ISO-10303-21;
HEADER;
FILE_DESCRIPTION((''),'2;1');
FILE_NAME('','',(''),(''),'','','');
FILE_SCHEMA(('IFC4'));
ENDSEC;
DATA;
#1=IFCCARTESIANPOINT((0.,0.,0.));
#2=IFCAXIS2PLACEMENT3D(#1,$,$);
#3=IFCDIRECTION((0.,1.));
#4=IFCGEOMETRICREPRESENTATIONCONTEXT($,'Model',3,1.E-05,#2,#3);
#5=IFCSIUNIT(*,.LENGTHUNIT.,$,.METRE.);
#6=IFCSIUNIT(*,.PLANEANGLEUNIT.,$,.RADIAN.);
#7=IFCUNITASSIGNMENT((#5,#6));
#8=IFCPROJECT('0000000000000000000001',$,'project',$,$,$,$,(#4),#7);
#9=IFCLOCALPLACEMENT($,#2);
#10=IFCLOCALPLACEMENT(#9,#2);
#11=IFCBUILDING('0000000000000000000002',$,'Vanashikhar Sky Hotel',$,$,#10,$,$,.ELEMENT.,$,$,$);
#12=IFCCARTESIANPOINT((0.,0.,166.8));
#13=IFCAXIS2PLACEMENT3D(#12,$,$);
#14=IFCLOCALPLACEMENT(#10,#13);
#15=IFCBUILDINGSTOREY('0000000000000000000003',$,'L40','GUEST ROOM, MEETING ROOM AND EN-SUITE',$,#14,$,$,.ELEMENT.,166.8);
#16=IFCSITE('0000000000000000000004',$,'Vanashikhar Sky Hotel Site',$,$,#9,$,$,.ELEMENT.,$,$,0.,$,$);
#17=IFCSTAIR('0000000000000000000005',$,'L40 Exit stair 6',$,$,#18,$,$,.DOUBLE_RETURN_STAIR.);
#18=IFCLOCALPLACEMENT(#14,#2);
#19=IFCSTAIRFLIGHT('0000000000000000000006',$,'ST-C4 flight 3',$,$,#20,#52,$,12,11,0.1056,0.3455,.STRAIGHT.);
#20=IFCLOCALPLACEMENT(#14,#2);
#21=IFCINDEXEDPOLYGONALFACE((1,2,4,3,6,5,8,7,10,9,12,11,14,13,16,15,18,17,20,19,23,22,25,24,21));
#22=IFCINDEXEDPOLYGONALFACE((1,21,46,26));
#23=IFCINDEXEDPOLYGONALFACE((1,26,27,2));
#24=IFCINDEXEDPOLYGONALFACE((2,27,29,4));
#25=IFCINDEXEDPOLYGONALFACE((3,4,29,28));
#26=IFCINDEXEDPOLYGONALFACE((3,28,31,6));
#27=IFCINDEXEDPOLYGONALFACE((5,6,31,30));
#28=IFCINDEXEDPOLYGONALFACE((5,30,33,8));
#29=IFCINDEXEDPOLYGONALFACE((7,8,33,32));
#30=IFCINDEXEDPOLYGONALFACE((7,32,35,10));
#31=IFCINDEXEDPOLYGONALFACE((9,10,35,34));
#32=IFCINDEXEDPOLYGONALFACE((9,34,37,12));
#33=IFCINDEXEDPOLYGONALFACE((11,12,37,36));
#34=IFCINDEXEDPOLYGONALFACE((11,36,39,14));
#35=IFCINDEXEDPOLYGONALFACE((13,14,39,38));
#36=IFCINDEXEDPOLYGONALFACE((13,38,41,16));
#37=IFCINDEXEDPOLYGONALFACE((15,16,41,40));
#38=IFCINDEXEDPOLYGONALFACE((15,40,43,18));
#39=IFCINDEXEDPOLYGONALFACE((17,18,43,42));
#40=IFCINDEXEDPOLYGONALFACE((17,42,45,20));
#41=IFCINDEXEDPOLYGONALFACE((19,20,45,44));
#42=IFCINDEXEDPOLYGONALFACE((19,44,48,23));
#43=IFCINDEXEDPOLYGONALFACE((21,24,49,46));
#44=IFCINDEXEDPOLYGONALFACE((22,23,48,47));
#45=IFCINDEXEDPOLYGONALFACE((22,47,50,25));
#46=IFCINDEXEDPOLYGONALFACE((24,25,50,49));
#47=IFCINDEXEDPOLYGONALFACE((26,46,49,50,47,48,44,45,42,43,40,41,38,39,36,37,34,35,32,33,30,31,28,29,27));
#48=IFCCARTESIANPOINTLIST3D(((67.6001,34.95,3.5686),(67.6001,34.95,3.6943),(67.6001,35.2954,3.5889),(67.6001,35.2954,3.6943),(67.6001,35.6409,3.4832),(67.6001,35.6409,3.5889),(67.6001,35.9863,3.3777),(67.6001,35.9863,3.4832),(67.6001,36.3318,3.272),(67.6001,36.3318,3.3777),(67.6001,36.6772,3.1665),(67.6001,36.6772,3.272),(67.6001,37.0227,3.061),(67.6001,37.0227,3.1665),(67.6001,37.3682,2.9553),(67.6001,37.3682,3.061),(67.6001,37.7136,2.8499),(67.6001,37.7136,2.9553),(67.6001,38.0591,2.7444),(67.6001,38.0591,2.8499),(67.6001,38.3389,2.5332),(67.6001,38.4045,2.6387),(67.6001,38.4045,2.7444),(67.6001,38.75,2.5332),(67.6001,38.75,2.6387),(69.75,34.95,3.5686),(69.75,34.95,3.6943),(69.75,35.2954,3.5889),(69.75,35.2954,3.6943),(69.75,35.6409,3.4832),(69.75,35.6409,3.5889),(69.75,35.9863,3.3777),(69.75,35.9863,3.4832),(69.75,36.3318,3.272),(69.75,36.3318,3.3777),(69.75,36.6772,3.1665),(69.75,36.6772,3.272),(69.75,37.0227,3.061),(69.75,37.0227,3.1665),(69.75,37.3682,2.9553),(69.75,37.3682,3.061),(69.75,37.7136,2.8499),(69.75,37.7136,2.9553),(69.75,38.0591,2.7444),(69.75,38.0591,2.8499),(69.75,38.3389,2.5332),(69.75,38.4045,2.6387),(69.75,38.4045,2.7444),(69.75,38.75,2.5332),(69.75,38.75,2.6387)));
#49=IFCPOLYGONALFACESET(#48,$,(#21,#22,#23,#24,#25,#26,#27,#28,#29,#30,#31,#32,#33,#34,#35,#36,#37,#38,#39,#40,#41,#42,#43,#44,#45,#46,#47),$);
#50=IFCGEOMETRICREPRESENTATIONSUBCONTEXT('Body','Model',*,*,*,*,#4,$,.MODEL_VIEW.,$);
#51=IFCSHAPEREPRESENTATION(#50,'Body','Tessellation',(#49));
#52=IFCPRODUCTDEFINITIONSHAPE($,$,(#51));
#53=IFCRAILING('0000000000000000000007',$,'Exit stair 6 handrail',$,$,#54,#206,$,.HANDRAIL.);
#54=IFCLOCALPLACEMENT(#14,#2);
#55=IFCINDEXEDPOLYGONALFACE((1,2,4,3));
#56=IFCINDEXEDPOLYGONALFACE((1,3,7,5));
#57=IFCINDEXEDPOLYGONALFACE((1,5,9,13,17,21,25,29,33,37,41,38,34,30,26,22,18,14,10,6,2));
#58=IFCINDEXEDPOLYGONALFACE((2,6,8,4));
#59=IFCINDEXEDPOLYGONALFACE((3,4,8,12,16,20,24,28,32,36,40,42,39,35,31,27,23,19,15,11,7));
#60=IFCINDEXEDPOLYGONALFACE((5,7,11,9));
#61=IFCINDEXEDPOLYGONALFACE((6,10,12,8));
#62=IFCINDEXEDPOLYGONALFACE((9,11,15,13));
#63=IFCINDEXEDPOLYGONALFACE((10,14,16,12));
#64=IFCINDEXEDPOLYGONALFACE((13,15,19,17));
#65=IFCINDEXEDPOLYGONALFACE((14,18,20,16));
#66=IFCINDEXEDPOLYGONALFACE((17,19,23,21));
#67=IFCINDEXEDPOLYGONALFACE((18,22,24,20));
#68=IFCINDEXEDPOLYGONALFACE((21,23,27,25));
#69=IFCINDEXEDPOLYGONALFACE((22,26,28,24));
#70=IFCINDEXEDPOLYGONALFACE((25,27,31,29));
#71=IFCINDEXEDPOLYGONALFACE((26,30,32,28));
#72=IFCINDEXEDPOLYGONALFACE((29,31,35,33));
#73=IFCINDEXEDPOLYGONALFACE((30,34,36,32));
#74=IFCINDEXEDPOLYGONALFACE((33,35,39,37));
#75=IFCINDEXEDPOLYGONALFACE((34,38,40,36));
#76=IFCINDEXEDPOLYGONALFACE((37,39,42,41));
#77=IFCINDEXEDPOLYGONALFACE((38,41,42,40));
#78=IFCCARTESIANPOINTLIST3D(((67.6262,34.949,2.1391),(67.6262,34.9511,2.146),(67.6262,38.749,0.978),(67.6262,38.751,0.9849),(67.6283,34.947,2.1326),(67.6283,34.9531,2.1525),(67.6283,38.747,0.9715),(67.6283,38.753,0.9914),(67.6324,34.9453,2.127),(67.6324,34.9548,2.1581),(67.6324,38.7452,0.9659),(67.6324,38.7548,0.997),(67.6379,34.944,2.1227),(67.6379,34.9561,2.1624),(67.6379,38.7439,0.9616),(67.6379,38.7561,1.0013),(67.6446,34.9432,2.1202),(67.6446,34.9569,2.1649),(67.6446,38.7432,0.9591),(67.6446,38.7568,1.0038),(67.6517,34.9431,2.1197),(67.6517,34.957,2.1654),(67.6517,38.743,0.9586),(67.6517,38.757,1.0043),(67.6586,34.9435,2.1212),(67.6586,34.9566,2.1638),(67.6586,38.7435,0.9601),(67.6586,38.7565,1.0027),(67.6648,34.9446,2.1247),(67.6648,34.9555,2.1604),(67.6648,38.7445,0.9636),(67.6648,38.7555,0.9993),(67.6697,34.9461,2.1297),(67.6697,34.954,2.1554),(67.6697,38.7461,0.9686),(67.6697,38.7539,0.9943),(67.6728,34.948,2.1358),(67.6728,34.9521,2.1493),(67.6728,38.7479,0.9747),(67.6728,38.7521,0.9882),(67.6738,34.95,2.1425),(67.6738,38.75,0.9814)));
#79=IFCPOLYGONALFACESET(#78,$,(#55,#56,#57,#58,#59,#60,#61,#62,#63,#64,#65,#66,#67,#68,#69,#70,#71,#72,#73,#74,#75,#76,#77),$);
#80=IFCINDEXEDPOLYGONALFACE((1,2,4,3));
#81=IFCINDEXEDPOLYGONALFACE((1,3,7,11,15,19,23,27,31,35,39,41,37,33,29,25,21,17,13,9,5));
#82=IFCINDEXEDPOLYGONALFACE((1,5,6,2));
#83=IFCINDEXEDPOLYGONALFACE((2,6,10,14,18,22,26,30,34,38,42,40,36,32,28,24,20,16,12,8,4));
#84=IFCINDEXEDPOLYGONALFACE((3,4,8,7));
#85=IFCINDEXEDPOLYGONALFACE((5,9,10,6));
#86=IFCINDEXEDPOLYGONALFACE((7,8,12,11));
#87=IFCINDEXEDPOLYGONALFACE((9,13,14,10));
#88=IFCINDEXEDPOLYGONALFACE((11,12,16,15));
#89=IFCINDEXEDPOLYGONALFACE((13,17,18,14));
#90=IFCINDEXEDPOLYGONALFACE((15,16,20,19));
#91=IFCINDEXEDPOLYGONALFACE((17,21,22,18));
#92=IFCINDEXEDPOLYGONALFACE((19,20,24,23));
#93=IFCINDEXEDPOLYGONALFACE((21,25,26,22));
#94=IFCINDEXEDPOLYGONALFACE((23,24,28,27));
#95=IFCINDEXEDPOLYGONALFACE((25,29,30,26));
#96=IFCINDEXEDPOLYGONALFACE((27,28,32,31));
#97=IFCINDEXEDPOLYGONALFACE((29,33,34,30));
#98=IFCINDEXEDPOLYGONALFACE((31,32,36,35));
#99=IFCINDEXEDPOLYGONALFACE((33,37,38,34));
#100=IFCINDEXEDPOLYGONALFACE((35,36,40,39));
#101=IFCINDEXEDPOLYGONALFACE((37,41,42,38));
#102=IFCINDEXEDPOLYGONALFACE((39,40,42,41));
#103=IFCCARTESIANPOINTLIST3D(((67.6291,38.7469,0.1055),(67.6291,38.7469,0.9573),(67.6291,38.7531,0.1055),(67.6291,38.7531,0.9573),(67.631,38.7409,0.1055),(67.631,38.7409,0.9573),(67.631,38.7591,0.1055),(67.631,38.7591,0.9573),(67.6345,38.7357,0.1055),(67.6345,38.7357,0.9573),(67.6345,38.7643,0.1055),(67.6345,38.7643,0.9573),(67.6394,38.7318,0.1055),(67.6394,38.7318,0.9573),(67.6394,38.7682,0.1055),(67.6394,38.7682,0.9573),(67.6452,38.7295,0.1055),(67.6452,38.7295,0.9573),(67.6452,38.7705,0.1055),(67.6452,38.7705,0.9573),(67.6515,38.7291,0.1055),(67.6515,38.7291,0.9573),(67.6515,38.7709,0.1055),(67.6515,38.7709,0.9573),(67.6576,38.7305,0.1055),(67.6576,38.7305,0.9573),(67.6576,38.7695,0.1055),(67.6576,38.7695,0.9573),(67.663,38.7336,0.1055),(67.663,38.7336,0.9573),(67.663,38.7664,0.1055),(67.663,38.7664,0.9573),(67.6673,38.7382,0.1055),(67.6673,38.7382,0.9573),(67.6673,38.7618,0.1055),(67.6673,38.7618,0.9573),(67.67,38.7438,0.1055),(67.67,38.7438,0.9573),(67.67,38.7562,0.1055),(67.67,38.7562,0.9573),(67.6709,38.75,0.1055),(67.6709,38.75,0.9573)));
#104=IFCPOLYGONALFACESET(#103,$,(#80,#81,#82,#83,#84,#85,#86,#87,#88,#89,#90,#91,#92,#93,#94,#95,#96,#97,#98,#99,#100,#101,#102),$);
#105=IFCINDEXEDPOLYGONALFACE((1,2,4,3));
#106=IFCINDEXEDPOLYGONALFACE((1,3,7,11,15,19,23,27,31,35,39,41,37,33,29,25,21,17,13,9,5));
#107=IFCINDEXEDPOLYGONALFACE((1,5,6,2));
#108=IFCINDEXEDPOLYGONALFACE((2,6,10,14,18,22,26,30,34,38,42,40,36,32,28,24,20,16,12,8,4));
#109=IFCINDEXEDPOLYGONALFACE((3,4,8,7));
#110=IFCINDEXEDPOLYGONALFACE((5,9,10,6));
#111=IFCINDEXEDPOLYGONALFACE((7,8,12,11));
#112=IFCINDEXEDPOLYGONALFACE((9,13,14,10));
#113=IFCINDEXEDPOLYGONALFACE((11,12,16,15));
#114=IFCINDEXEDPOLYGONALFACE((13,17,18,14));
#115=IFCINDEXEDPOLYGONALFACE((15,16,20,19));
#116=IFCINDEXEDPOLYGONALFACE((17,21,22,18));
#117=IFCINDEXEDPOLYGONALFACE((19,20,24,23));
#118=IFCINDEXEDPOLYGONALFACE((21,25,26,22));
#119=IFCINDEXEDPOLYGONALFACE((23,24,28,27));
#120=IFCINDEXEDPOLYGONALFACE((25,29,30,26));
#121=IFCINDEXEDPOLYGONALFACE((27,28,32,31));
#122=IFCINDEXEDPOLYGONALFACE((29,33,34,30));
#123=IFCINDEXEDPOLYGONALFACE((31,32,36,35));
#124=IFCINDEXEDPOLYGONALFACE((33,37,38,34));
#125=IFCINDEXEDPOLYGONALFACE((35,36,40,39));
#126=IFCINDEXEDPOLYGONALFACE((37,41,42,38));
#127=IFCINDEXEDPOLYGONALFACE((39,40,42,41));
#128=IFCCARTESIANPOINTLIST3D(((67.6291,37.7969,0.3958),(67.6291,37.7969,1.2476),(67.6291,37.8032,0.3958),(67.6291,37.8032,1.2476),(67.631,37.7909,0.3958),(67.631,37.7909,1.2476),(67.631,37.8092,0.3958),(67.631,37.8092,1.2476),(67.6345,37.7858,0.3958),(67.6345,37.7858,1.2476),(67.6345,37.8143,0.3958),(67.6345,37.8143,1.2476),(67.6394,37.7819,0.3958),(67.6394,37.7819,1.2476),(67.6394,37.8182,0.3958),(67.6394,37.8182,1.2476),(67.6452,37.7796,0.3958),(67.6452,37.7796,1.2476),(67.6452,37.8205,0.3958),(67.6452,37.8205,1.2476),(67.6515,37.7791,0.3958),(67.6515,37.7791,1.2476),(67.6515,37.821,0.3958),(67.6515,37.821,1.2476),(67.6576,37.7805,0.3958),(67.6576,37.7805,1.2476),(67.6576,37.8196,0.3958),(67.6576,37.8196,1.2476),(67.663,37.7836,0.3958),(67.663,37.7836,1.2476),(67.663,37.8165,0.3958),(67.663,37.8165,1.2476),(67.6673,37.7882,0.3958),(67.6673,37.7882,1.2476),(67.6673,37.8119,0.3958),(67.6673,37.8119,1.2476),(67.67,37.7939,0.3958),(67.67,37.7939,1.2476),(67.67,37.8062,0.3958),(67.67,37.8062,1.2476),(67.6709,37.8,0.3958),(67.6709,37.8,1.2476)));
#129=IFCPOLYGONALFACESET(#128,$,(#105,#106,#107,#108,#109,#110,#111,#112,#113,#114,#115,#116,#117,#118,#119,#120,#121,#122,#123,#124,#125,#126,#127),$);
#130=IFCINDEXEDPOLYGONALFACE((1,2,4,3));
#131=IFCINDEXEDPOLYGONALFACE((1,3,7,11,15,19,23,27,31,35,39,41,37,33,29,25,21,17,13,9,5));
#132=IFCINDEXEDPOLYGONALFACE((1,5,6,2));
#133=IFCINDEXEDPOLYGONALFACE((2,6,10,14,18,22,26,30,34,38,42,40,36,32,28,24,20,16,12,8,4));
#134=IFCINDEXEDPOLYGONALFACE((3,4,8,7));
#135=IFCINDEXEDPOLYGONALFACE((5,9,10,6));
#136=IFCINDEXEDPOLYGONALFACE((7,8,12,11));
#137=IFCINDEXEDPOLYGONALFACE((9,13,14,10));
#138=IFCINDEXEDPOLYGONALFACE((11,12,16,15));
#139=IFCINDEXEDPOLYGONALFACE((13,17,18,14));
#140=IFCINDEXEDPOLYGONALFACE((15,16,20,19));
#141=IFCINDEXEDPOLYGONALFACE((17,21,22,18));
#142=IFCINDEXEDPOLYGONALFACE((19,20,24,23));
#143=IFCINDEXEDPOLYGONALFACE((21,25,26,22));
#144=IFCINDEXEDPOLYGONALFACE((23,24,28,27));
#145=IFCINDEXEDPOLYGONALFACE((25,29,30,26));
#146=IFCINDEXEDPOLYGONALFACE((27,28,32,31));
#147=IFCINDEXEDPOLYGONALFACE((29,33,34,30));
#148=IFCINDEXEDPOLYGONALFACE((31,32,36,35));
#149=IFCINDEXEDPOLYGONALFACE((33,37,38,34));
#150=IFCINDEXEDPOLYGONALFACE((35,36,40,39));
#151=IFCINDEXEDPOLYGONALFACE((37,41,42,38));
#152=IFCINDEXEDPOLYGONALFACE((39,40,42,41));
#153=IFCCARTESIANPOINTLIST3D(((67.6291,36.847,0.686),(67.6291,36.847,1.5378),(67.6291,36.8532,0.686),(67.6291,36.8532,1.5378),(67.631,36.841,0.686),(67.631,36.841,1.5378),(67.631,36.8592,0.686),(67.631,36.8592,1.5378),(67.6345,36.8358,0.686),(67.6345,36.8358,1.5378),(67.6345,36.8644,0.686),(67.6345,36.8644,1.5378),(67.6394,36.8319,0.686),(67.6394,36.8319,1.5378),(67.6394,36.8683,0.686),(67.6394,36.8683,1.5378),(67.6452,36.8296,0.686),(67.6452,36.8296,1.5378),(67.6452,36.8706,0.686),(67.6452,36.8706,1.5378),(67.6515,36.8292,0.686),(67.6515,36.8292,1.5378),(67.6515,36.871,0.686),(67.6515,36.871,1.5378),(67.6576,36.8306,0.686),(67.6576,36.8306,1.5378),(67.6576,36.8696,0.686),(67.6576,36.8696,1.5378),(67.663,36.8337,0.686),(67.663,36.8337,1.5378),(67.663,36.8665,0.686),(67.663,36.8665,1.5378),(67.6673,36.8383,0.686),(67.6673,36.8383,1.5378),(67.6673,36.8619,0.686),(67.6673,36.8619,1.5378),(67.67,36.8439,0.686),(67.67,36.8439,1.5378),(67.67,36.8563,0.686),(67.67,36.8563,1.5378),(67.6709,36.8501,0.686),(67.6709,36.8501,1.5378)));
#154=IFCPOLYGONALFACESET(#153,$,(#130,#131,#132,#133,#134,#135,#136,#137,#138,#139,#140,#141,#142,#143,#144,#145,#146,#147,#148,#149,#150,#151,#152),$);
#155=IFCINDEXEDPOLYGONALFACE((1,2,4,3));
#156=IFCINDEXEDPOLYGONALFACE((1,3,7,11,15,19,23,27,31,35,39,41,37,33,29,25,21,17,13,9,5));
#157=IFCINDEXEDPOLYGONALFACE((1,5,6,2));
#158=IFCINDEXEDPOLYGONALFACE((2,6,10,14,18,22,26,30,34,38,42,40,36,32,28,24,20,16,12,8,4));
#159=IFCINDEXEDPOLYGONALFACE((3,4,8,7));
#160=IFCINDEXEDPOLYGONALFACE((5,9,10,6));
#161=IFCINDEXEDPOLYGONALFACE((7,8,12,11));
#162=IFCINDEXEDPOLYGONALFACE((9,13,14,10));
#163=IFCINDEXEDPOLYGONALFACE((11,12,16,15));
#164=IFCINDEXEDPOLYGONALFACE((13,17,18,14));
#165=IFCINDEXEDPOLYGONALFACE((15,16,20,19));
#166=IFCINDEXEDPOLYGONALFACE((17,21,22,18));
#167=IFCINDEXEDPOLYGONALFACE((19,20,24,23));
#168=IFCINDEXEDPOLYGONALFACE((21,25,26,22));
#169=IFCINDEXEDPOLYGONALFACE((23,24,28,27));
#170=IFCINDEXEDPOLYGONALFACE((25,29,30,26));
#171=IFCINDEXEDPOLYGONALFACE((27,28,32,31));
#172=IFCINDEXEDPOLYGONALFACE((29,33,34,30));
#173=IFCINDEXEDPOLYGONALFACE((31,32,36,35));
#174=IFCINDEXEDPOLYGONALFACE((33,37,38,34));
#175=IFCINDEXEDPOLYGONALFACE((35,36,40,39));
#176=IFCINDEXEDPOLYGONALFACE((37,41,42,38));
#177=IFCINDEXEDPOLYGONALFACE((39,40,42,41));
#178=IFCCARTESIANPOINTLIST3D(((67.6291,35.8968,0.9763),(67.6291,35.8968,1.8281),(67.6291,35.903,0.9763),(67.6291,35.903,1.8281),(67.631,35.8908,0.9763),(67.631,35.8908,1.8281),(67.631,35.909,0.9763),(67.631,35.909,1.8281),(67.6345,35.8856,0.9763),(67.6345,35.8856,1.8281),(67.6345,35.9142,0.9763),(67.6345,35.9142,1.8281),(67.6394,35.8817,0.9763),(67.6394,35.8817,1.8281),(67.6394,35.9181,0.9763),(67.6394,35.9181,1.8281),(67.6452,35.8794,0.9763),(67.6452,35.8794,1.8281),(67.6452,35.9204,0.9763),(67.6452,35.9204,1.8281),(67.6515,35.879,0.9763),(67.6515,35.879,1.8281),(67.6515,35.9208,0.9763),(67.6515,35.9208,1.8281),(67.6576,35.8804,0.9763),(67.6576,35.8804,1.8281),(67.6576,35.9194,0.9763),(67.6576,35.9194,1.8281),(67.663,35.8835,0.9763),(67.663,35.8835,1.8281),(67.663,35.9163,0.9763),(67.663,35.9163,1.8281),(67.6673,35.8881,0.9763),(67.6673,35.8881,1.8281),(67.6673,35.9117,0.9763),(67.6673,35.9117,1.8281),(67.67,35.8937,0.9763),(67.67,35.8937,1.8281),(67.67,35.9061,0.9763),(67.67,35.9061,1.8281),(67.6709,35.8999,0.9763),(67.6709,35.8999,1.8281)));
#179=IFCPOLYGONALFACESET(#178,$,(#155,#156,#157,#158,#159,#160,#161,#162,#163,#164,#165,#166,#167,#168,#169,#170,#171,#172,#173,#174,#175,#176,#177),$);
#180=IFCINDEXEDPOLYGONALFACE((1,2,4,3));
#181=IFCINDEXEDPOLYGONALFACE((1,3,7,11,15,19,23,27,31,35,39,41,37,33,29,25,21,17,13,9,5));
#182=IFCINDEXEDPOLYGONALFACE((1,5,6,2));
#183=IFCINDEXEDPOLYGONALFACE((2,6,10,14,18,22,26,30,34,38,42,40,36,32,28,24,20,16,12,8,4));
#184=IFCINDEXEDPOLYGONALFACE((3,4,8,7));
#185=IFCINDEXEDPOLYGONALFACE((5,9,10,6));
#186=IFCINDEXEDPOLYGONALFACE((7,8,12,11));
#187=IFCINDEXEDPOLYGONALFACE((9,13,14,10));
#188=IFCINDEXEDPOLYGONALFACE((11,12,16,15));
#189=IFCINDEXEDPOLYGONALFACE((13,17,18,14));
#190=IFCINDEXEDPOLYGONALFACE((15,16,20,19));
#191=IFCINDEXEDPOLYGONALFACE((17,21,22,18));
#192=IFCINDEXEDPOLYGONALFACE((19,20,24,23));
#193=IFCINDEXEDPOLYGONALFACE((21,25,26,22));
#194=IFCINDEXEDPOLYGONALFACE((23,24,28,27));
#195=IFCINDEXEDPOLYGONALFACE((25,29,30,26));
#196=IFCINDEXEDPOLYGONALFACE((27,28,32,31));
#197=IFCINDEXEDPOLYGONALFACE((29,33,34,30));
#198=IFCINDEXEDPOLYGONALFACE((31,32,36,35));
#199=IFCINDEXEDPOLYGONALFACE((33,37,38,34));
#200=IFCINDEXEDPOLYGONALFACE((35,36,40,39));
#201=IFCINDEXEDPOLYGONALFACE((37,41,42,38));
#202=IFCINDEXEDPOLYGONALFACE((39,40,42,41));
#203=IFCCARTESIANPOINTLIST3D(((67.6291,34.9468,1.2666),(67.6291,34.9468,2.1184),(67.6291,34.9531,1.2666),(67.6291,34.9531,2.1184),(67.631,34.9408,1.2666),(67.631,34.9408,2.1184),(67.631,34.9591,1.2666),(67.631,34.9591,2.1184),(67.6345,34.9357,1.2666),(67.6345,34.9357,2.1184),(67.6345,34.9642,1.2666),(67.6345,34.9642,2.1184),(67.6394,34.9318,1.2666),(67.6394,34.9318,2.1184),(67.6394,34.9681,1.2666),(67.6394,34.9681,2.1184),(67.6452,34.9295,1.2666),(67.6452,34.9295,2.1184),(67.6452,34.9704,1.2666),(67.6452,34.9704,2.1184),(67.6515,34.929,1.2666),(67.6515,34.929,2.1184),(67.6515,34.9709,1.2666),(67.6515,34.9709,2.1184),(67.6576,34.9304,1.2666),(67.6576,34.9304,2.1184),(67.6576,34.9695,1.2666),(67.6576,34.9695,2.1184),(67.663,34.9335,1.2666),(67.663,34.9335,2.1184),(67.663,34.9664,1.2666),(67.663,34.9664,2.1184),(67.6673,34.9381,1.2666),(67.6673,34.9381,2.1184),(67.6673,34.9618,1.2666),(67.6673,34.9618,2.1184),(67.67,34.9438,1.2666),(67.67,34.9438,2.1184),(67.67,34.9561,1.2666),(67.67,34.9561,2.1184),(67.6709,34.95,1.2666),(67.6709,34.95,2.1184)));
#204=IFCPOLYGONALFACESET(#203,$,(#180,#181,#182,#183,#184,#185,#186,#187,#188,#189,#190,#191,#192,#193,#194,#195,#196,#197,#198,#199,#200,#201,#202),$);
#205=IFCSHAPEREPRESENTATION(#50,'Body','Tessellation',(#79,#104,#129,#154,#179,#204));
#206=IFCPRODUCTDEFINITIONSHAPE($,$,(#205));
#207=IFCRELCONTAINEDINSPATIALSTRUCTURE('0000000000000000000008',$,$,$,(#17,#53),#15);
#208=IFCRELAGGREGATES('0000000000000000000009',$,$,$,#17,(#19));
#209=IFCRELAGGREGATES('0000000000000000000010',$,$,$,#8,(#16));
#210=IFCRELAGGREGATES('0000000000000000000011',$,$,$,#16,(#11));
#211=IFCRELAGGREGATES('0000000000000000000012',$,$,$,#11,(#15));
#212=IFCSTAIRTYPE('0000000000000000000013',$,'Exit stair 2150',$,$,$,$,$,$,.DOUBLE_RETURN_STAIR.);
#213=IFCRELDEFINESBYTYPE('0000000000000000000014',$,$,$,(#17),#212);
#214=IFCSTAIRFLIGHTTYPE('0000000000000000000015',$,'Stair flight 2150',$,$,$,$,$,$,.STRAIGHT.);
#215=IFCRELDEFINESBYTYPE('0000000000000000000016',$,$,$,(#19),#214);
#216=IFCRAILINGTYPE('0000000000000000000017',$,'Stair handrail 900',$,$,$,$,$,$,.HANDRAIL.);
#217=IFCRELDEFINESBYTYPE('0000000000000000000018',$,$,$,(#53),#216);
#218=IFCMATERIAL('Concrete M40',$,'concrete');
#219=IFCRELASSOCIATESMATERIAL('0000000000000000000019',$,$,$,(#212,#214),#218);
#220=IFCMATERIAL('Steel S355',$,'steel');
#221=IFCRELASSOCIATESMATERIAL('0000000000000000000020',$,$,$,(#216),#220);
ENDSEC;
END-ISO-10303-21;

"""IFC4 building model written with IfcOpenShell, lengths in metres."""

from ifc_helpers import new_model, si_unit, direction, frame, origin, origin_2d, place, context, subcontext, project, spatial, polyline, circle, outline, extrude, source, transform, mapped, material, type_object, element, aggregate, save


model = new_model("IFC4")

# Units and contexts
model_context = context("Model", 3, precision=1e-05, world=origin(), true_north=direction((0.0, 1.0)))
body_context = subcontext(model_context, "Body", "Model", "MODEL_VIEW")
ifc_project = project(units=[si_unit("LENGTHUNIT", "METRE"), si_unit("PLANEANGLEUNIT", "RADIAN")], contexts=[model_context])

# Site, building, storey
site_placement = place(None, origin())
site = spatial("IfcSite", under=ifc_project, at=site_placement, Name="Vanashikhar Sky Hotel Site", CompositionType="ELEMENT", RefElevation=0.0)
building_placement = place(site_placement, origin())
building = spatial("IfcBuilding", under=site, at=building_placement, Name="Vanashikhar Sky Hotel", CompositionType="ELEMENT")
storey_placement = place(building_placement, frame((0.0, 0.0, 166.8)))
storey = spatial("IfcBuildingStorey", under=building, at=storey_placement, Name="L40", Description="GUEST ROOM, MEETING ROOM AND EN-SUITE", CompositionType="ELEMENT", Elevation=166.8)

# Stair, stair flight
ifc_material_1 = material(Name="Concrete M40", Category="concrete")
stair_type = type_object("IfcStairType", Name="Exit stair 2150", PredefinedType="DOUBLE_RETURN_STAIR", material=ifc_material_1)
stair_placement = place(storey_placement, origin())
stair = element("IfcStair", 1, at=stair_placement, inside=storey, type_object=stair_type, Name="L40 Exit stair 6", PredefinedType="DOUBLE_RETURN_STAIR")
stair_flight_type = type_object("IfcStairFlightType", Name="Stair flight 2150", PredefinedType="STRAIGHT", material=ifc_material_1)
shared_shape_1 = source(origin(), body_context, "Body", "SweptSolid", [
    extrude(outline(polyline([(0.0, 0.0), (0.0, 0.1055), (0.3455, 0.1055), (0.3455, 0.2112), (0.6909, 0.2112), (0.6909, 0.3167), (1.0364, 0.3167), (1.0364, 0.4221), (1.3818, 0.4221), (1.3818, 0.5278), (1.7273, 0.5278), (1.7273, 0.6333), (2.0728, 0.6333), (2.0728, 0.7388), (2.4182, 0.7388), (2.4182, 0.8445), (2.7637, 0.8445), (2.7637, 0.95), (3.1091, 0.95), (3.1091, 1.0557), (3.4546, 1.0557), (3.4546, 1.1611), (3.8, 1.1611), (3.8, 1.2666), (3.8, 1.0354), (0.4111, 0.0), (0.0, 0.0)])), frame((0.0, 1.075, 0.0), z_axis=(0.0, -1.0, 0.0), x_axis=(1.0, 0.0, 0.0)), (0.0, 0.0, 1.0), 2.1499),
])
stair_flight_1_placement = place(storey_placement, frame((68.675, 38.75, 2.5332), z_axis=(0.0, 0.0, 1.0), x_axis=(0.0, -1.0, 0.0)))
stair_flight_1 = element("IfcStairFlight", 2, at=stair_flight_1_placement, type_object=stair_flight_type, Name="ST-C4 flight 3", NumberOfRisers=12, NumberOfTreads=11, PredefinedType="STRAIGHT", RiserHeight=0.1056, TreadLength=0.3455, context=body_context, shape_type="MappedRepresentation", body=[
    mapped(shared_shape_1, transform((0.0, 0.0, 0.0), scale=1.0)),
])
aggregate(stair, [stair_flight_1])

# Railing
ifc_material_2 = material(Name="Steel S355", Category="steel")
railing_type = type_object("IfcRailingType", Name="Stair handrail 900", PredefinedType="HANDRAIL", material=ifc_material_2)
shared_shape_2 = source(origin(), body_context, "Body", "SweptSolid", [
    extrude(circle(Radius=0.0239, at=origin_2d()), frame((0.0, 0.0, 0.876), z_axis=(0.0, -0.956351, 0.29222), x_axis=(1.0, 0.0, 0.0)), (0.0, 0.0, 1.0), 3.9734),
    extrude(circle(Radius=0.021, at=origin_2d()), origin(), (0.0, 0.0, 1.0), 0.8518),
    extrude(circle(Radius=0.021, at=origin_2d()), frame((0.0, -0.95, 0.2903)), (0.0, 0.0, 1.0), 0.8518),
    extrude(circle(Radius=0.021, at=origin_2d()), frame((0.0, -1.8999, 0.5806)), (0.0, 0.0, 1.0), 0.8518),
    extrude(circle(Radius=0.021, at=origin_2d()), frame((0.0, -2.8501, 0.8708)), (0.0, 0.0, 1.0), 0.8518),
    extrude(circle(Radius=0.021, at=origin_2d()), frame((0.0, -3.8, 1.1611)), (0.0, 0.0, 1.0), 0.8518),
])
for number, where, name in (
    (3, (67.6499, 38.75, 0.1055), "Exit stair 6 handrail"),
):
    element("IfcRailing", number, at=place(storey_placement, frame(where)), inside=storey, type_object=railing_type, Name=name, PredefinedType="HANDRAIL", context=body_context, shape_type="MappedRepresentation", body=[
        mapped(shared_shape_2, transform((0.0, 0.0, 0.0), scale=1.0)),
    ])

save(model, "model.ifc")
